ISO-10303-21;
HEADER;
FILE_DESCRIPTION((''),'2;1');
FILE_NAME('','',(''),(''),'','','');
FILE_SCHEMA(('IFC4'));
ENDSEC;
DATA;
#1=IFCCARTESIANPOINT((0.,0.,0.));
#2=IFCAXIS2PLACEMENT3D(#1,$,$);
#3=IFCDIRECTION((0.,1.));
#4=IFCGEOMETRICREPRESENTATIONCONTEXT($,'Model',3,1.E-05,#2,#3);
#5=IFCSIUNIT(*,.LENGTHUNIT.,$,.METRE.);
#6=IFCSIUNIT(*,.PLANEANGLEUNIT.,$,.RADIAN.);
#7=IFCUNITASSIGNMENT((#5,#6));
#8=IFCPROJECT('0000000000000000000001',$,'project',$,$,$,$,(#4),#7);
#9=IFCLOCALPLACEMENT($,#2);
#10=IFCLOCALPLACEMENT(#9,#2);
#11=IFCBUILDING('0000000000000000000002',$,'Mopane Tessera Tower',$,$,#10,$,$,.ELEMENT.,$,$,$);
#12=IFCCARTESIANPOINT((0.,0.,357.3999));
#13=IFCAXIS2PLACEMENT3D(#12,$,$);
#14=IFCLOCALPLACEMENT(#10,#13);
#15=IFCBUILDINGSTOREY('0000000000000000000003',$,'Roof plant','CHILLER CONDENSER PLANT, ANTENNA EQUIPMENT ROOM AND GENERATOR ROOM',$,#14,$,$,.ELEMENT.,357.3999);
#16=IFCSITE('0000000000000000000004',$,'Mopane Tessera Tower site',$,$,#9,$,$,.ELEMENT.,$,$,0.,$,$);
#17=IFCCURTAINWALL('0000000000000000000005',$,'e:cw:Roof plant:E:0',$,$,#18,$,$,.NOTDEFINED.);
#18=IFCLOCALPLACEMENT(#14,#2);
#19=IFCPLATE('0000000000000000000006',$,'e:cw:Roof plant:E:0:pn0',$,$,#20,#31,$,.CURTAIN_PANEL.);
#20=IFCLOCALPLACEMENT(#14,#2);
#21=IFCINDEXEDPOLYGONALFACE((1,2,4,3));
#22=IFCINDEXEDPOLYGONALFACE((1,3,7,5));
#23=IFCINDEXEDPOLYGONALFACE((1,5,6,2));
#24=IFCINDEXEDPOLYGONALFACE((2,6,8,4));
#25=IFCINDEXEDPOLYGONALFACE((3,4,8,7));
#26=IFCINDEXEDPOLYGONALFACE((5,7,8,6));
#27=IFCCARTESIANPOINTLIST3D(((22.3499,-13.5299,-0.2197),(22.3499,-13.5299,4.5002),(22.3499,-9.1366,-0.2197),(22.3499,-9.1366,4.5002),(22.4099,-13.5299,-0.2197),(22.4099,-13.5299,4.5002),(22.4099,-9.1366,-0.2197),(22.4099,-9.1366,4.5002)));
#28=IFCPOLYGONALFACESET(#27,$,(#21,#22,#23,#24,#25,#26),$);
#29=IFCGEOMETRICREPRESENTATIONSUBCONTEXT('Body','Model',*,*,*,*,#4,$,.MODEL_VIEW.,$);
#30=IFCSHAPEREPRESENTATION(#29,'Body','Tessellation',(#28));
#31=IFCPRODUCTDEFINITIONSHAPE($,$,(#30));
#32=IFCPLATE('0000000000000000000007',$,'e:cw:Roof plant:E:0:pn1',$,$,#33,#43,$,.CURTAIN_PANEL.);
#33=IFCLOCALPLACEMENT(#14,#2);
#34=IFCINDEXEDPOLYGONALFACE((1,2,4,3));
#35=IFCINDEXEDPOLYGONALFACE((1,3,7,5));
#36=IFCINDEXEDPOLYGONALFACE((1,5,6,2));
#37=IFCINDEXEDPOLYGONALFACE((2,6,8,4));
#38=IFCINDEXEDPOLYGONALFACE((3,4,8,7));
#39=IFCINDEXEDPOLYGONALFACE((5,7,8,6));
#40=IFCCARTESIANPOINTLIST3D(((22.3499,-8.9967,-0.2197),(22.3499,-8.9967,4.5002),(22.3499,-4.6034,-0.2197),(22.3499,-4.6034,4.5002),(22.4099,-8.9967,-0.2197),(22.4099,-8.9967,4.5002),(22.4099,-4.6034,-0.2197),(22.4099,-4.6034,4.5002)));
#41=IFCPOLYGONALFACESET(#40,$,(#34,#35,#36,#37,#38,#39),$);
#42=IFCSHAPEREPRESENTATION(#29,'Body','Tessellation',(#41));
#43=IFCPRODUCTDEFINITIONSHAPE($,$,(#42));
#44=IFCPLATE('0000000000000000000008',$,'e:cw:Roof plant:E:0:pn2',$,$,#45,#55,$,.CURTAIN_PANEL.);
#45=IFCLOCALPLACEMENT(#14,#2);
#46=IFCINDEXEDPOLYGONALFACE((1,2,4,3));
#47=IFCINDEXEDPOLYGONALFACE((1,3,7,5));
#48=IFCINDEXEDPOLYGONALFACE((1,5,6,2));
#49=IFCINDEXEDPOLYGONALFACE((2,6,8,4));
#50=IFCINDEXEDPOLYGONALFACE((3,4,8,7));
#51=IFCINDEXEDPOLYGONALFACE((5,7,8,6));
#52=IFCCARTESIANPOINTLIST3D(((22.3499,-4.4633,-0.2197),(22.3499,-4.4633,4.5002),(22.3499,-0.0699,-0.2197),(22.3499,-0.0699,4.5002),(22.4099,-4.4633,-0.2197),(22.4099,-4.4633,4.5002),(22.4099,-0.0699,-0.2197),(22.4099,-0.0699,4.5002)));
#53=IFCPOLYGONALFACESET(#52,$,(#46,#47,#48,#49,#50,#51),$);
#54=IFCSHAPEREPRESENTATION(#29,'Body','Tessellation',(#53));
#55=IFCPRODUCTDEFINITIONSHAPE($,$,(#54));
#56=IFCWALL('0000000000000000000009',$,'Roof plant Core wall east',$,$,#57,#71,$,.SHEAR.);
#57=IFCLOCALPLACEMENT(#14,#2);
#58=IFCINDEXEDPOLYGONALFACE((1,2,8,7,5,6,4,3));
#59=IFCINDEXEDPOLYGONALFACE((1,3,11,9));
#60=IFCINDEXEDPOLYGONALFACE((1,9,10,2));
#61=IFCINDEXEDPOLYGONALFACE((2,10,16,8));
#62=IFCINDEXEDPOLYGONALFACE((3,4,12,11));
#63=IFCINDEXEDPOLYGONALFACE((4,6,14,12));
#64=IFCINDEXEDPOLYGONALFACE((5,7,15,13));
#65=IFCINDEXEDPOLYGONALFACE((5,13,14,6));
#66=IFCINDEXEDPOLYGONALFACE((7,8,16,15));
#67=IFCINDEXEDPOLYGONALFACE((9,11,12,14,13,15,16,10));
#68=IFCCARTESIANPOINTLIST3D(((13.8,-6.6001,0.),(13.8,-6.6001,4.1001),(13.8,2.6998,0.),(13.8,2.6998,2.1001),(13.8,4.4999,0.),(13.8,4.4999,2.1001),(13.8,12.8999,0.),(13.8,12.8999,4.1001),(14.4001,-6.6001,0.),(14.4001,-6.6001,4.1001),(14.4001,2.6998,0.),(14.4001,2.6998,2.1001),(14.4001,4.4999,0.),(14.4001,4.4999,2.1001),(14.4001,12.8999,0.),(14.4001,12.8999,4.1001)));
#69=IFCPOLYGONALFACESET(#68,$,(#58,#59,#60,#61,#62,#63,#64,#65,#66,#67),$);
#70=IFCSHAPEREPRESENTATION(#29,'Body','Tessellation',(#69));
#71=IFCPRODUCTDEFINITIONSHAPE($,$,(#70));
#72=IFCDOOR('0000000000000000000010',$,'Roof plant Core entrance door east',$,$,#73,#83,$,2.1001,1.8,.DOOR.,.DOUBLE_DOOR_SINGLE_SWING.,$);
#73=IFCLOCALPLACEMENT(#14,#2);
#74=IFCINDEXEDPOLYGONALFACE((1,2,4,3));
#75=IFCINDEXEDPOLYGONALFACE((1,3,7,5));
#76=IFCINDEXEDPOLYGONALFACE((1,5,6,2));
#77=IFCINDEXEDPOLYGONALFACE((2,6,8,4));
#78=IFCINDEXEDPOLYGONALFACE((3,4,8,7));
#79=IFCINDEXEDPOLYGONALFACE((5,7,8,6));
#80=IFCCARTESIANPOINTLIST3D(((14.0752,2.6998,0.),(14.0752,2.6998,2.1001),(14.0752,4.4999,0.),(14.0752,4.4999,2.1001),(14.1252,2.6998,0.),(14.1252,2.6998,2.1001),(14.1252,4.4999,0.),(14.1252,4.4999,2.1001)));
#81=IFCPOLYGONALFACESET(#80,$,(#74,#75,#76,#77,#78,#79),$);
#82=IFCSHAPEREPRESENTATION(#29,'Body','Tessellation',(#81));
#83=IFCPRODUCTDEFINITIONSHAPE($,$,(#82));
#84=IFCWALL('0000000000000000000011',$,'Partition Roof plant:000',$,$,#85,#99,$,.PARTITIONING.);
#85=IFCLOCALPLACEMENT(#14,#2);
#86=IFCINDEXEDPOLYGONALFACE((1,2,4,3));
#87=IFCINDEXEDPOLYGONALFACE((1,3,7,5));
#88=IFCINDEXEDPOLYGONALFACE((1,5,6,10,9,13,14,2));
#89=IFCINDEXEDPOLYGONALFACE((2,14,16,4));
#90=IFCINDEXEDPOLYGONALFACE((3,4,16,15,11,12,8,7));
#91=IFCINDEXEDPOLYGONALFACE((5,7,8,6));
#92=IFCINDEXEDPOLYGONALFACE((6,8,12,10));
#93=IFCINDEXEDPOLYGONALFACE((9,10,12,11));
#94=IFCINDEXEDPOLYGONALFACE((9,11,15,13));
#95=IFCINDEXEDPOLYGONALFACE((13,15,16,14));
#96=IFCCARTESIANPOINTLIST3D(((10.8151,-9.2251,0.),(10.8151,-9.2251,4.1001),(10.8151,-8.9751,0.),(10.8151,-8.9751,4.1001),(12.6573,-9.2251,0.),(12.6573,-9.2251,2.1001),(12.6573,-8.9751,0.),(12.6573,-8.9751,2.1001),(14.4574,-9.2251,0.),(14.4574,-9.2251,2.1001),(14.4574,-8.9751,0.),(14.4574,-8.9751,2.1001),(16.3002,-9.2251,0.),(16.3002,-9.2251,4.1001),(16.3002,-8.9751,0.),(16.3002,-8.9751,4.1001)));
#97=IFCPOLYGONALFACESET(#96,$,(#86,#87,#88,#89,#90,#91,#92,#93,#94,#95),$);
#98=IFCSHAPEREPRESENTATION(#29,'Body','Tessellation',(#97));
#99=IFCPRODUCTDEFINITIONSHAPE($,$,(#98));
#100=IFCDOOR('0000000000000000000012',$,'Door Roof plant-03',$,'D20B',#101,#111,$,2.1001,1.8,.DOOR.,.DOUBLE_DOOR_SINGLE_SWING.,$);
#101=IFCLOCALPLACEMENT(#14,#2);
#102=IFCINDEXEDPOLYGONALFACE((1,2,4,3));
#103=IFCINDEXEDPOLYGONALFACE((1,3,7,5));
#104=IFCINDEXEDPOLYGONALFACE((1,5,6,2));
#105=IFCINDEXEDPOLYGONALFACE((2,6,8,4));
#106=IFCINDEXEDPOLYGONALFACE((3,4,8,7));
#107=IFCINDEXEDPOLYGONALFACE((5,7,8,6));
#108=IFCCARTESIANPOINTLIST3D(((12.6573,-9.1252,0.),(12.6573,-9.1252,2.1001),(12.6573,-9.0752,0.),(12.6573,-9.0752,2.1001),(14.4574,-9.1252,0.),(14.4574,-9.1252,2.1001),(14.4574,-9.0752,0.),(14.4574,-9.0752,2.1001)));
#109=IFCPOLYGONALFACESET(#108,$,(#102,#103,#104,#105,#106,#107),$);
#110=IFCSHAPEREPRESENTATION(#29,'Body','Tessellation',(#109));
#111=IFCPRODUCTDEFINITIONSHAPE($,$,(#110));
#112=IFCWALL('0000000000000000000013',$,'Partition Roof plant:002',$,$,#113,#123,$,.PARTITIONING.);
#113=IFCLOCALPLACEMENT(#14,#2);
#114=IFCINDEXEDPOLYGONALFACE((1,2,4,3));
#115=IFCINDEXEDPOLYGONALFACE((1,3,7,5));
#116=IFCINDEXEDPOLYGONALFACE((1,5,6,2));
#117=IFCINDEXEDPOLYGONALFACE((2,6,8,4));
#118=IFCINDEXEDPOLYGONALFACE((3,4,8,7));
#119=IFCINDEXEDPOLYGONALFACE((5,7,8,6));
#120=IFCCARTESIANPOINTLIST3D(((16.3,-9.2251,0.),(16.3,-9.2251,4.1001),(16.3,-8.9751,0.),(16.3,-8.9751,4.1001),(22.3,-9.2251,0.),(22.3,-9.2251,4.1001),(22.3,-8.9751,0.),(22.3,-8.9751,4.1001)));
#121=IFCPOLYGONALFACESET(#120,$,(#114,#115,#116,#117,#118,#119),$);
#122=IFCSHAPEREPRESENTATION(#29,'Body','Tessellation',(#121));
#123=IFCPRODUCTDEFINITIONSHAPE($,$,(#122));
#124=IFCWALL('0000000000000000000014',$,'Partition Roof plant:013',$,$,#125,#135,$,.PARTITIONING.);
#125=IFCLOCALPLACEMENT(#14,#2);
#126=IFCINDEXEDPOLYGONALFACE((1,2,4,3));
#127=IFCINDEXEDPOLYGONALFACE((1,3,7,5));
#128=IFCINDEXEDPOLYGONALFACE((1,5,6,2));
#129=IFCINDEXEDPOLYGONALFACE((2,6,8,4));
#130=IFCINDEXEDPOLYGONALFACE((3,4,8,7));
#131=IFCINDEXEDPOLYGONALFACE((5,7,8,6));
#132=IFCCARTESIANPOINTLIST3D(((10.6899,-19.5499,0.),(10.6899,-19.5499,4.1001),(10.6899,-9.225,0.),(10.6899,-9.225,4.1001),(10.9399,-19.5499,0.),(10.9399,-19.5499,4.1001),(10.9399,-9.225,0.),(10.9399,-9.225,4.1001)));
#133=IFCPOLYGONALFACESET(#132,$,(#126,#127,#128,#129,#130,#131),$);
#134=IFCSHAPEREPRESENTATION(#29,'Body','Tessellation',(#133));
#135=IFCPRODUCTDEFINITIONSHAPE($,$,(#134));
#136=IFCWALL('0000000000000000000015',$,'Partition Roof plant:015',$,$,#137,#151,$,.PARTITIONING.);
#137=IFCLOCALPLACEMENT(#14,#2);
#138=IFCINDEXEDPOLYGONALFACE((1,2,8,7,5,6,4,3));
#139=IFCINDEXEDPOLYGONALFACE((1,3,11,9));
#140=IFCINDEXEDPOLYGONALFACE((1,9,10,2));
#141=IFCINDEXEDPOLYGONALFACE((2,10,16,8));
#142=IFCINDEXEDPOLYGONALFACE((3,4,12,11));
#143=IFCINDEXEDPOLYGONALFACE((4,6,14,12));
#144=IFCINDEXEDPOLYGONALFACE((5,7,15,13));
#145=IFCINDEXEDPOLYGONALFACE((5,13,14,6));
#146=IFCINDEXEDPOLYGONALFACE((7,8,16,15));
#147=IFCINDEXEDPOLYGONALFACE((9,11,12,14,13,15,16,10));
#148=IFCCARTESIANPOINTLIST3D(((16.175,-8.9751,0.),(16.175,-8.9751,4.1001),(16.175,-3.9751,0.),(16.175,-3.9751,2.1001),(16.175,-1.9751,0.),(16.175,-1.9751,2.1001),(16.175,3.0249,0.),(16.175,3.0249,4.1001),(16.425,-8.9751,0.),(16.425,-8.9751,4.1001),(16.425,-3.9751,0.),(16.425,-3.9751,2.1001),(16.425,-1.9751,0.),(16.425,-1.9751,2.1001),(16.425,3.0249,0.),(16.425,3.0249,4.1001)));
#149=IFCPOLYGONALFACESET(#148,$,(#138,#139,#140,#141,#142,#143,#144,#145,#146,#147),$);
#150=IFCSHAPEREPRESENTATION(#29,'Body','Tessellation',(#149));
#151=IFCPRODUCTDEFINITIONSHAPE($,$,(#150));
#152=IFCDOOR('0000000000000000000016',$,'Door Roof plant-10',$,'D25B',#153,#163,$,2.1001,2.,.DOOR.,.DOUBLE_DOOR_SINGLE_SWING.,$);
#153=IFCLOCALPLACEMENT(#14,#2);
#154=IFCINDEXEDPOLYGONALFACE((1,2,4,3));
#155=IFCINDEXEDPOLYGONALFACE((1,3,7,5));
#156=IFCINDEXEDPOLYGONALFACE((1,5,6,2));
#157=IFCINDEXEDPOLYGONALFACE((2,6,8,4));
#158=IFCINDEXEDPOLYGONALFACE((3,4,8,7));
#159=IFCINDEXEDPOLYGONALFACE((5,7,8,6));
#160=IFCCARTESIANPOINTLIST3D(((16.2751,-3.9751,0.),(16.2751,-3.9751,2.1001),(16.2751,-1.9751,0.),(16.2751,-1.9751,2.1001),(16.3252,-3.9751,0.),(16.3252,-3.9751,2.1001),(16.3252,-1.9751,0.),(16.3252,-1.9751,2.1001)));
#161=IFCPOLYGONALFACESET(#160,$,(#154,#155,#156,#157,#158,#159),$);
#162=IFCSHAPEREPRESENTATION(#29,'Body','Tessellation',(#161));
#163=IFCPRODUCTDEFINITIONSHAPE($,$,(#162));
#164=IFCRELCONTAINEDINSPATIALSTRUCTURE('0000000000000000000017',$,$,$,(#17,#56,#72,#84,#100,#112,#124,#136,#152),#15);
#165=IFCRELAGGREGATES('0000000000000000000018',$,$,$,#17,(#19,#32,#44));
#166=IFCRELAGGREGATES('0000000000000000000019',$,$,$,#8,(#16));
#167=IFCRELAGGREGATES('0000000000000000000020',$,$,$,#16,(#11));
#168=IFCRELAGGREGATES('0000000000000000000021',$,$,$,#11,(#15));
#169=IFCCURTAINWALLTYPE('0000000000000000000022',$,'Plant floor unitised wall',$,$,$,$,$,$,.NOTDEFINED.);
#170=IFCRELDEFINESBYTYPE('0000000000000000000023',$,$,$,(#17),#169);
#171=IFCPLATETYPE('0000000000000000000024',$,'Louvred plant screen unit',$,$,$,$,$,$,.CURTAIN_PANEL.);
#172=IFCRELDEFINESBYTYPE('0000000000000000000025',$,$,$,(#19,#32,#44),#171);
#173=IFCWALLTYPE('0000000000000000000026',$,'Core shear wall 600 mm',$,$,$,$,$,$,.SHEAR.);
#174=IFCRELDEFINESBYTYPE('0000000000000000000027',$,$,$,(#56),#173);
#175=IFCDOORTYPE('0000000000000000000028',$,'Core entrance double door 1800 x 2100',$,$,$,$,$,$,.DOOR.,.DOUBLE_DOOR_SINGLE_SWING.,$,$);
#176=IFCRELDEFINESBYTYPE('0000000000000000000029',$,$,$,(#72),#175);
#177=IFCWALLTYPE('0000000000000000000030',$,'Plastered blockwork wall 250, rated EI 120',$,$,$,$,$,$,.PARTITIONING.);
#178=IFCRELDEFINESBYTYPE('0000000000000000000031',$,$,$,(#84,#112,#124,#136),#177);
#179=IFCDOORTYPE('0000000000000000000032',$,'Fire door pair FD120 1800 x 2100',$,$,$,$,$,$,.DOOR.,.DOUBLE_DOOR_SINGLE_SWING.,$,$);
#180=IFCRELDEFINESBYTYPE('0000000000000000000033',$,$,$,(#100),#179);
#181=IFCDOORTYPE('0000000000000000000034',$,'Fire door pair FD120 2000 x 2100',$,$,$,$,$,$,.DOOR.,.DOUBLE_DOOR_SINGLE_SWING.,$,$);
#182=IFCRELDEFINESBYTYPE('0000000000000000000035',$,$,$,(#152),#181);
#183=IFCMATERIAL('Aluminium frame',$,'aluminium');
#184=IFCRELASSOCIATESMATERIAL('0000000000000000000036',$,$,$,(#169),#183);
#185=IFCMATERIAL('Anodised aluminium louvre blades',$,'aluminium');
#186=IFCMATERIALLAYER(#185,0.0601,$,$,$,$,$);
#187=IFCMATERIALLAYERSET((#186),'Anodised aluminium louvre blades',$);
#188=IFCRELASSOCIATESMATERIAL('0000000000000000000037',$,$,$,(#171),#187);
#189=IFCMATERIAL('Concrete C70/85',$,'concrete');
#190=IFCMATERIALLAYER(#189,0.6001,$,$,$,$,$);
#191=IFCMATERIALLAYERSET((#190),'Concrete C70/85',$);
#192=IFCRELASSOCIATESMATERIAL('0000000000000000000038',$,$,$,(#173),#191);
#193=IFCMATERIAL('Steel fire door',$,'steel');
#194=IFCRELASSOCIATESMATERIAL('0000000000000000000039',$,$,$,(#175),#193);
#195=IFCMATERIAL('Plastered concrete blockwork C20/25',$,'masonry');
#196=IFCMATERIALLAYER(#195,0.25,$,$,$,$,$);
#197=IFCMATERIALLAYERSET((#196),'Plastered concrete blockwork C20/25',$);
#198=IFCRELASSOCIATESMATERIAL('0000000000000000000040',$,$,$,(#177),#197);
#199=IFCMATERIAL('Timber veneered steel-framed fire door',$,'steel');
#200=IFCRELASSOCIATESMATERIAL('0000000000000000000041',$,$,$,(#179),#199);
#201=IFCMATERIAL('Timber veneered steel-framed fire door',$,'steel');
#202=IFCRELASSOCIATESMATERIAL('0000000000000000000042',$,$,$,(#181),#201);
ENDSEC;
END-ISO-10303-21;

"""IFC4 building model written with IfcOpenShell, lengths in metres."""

from ifc_helpers import new_model, si_unit, direction, frame, frame_2d, origin, origin_2d, place, context, subcontext, project, spatial, rectangle, extrude, material, layer, layer_set, type_object, element, fill, aggregate, save


model = new_model("IFC4")

# Units and contexts
model_context = context("Model", 3, precision=1e-05, world=origin(), true_north=direction((0.0, 1.0)))
body_context = subcontext(model_context, "Body", "Model", "MODEL_VIEW")
ifc_project = project(units=[si_unit("LENGTHUNIT", "METRE"), si_unit("PLANEANGLEUNIT", "RADIAN")], contexts=[model_context])

# Site, building, storey
site_placement = place(None, origin())
site = spatial("IfcSite", under=ifc_project, at=site_placement, Name="Mopane Tessera Tower site", CompositionType="ELEMENT", RefElevation=0.0)
building_placement = place(site_placement, origin())
building = spatial("IfcBuilding", under=site, at=building_placement, Name="Mopane Tessera Tower", CompositionType="ELEMENT")
storey_placement = place(building_placement, frame((0.0, 0.0, 357.3999)))
storey = spatial("IfcBuildingStorey", under=building, at=storey_placement, Name="Roof plant", Description="CHILLER CONDENSER PLANT, ANTENNA EQUIPMENT ROOM AND GENERATOR ROOM", CompositionType="ELEMENT", Elevation=357.3999)

# Curtain wall
ifc_material_1 = material(Name="Aluminium frame", Category="aluminium")
curtain_wall_type = type_object("IfcCurtainWallType", Name="Plant floor unitised wall", PredefinedType="NOTDEFINED", material=ifc_material_1)
curtain_wall_1_placement = place(storey_placement, origin())
curtain_wall_1 = element("IfcCurtainWall", 1, at=curtain_wall_1_placement, inside=storey, type_object=curtain_wall_type, Name="e:cw:Roof plant:E:0", PredefinedType="NOTDEFINED")

# Plates
ifc_material_2 = material(Name="Anodised aluminium louvre blades", Category="aluminium")
ifc_layer_1 = layer(ifc_material_2, 0.0601)
ifc_layer_set_1 = layer_set([ifc_layer_1], Name="Anodised aluminium louvre blades")
plate_type = type_object("IfcPlateType", Name="Louvred plant screen unit", PredefinedType="CURTAIN_PANEL", material=ifc_layer_set_1)
plate_1_placement = place(storey_placement, frame((22.3799, -11.3333, -0.2197), z_axis=(0.0, 0.0, 1.0), x_axis=(0.0, 1.0, 0.0)))
plate_1 = element("IfcPlate", 2, at=plate_1_placement, type_object=plate_type, Name="e:cw:Roof plant:E:0:pn0", PredefinedType="CURTAIN_PANEL", context=body_context, shape_type="SweptSolid", body=[
    extrude(rectangle(XDim=4.3933, YDim=0.0601, at=origin_2d()), origin(), (0.0, 0.0, 1.0), 4.72),
])
plate_2_placement = place(storey_placement, frame((22.3799, -6.8, -0.2197), z_axis=(0.0, 0.0, 1.0), x_axis=(0.0, 1.0, 0.0)))
plate_2 = element("IfcPlate", 3, at=plate_2_placement, type_object=plate_type, Name="e:cw:Roof plant:E:0:pn1", PredefinedType="CURTAIN_PANEL", context=body_context, shape_type="SweptSolid", body=[
    extrude(rectangle(XDim=4.3933, YDim=0.0601, at=origin_2d()), origin(), (0.0, 0.0, 1.0), 4.72),
])
plate_3_placement = place(storey_placement, frame((22.3799, -2.2666, -0.2197), z_axis=(0.0, 0.0, 1.0), x_axis=(0.0, 1.0, 0.0)))
plate_3 = element("IfcPlate", 4, at=plate_3_placement, type_object=plate_type, Name="e:cw:Roof plant:E:0:pn2", PredefinedType="CURTAIN_PANEL", context=body_context, shape_type="SweptSolid", body=[
    extrude(rectangle(XDim=4.3933, YDim=0.0601, at=origin_2d()), origin(), (0.0, 0.0, 1.0), 4.72),
])
aggregate(curtain_wall_1, [plate_1, plate_2, plate_3])

# Walls, openings, doors
ifc_material_3 = material(Name="Concrete C70/85", Category="concrete")
ifc_layer_2 = layer(ifc_material_3, 0.6001)
ifc_layer_set_2 = layer_set([ifc_layer_2], Name="Concrete C70/85")
wall_type_1 = type_object("IfcWallType", Name="Core shear wall 600 mm", PredefinedType="SHEAR", material=ifc_layer_set_2)
wall_1_placement = place(storey_placement, frame((14.1001, -6.6001, 0.0), z_axis=(0.0, 0.0, 1.0), x_axis=(0.0, 1.0, 0.0)))
wall_1 = element("IfcWall", 5, at=wall_1_placement, inside=storey, type_object=wall_type_1, Name="Roof plant Core wall east", PredefinedType="SHEAR", context=body_context, shape_type="SweptSolid", body=[
    extrude(rectangle(XDim=19.5, YDim=0.6001, at=frame_2d((9.75, 0.0))), origin(), (0.0, 0.0, 1.0), 4.1001),
])
opening_1_placement = place(wall_1_placement, frame((9.3, 0.0, 0.0)))
opening_1 = element("IfcOpeningElement", 6, at=opening_1_placement, cuts=wall_1, PredefinedType="OPENING", context=body_context, shape_type="SweptSolid", body=[
    extrude(rectangle(XDim=1.8, YDim=2.1001, at=frame_2d((0.8999, 1.05))), frame((0.0, 0.312, 0.0), z_axis=(0.0, -1.0, 0.0), x_axis=(1.0, 0.0, 0.0)), (0.0, 0.0, 1.0), 0.624),
])
ifc_material_4 = material(Name="Steel fire door", Category="steel")
door_type_1 = type_object("IfcDoorType", Name="Core entrance double door 1800 x 2100", OperationType="DOUBLE_DOOR_SINGLE_SWING", PredefinedType="DOOR", material=ifc_material_4)
door_1_placement = place(opening_1_placement, origin())
door_1 = element("IfcDoor", 7, at=door_1_placement, inside=storey, type_object=door_type_1, Name="Roof plant Core entrance door east", OperationType="DOUBLE_DOOR_SINGLE_SWING", OverallHeight=2.1001, OverallWidth=1.8, PredefinedType="DOOR", context=body_context, shape_type="SweptSolid", body=[
    extrude(rectangle(XDim=1.8, YDim=2.1001, at=frame_2d((0.8999, 1.05))), frame((0.0, 0.0249, 0.0), z_axis=(0.0, -1.0, 0.0), x_axis=(1.0, 0.0, 0.0)), (0.0, 0.0, 1.0), 0.05),
])
fill(opening_1, door_1)
ifc_material_5 = material(Name="Plastered concrete blockwork C20/25", Category="masonry")
ifc_layer_3 = layer(ifc_material_5, 0.25)
ifc_layer_set_3 = layer_set([ifc_layer_3], Name="Plastered concrete blockwork C20/25")
wall_type_2 = type_object("IfcWallType", Name="Plastered blockwork wall 250, rated EI 120", PredefinedType="PARTITIONING", material=ifc_layer_set_3)
wall_2_placement = place(storey_placement, frame((10.8149, -9.1001, 0.0), z_axis=(0.0, 0.0, 1.0), x_axis=(1.0, 0.0, 0.0)))
wall_2 = element("IfcWall", 8, at=wall_2_placement, inside=storey, type_object=wall_type_2, Name="Partition Roof plant:000", PredefinedType="PARTITIONING", context=body_context, shape_type="SweptSolid", body=[
    extrude(rectangle(XDim=5.4851, YDim=0.25, at=frame_2d((2.7427, 0.0))), origin(), (0.0, 0.0, 1.0), 4.1001),
])
opening_2_placement = place(wall_2_placement, frame((1.8425, 0.0, 0.0)))
opening_2 = element("IfcOpeningElement", 9, at=opening_2_placement, cuts=wall_2, PredefinedType="OPENING", context=body_context, shape_type="SweptSolid", body=[
    extrude(rectangle(XDim=1.8, YDim=2.1001, at=frame_2d((0.8999, 1.05))), frame((0.0, 0.137, 0.0), z_axis=(0.0, -1.0, 0.0), x_axis=(1.0, 0.0, 0.0)), (0.0, 0.0, 1.0), 0.2739),
])
ifc_material_6 = material(Name="Timber veneered steel-framed fire door", Category="steel")
door_type_2 = type_object("IfcDoorType", Name="Fire door pair FD120 1800 x 2100", OperationType="DOUBLE_DOOR_SINGLE_SWING", PredefinedType="DOOR", material=ifc_material_6)
door_2_placement = place(opening_2_placement, origin())
door_2 = element("IfcDoor", 10, at=door_2_placement, inside=storey, type_object=door_type_2, Name="Door Roof plant-03", ObjectType="D20B", OperationType="DOUBLE_DOOR_SINGLE_SWING", OverallHeight=2.1001, OverallWidth=1.8, PredefinedType="DOOR", context=body_context, shape_type="SweptSolid", body=[
    extrude(rectangle(XDim=1.8, YDim=2.1001, at=frame_2d((0.8999, 1.05))), frame((0.0, 0.0249, 0.0), z_axis=(0.0, -1.0, 0.0), x_axis=(1.0, 0.0, 0.0)), (0.0, 0.0, 1.0), 0.05),
])
fill(opening_2, door_2)

# Walls
wall_3_placement = place(storey_placement, frame((16.3, -9.1001, 0.0), z_axis=(0.0, 0.0, 1.0), x_axis=(1.0, 0.0, 0.0)))
element("IfcWall", 11, at=wall_3_placement, inside=storey, type_object=wall_type_2, Name="Partition Roof plant:002", PredefinedType="PARTITIONING", context=body_context, shape_type="SweptSolid", body=[
    extrude(rectangle(XDim=6.0, YDim=0.25, at=frame_2d((3.0, 0.0))), origin(), (0.0, 0.0, 1.0), 4.1001),
])
wall_4_placement = place(storey_placement, frame((10.8149, -19.55, 0.0), z_axis=(0.0, 0.0, 1.0), x_axis=(0.0, 1.0, 0.0)))
element("IfcWall", 12, at=wall_4_placement, inside=storey, type_object=wall_type_2, Name="Partition Roof plant:013", PredefinedType="PARTITIONING", context=body_context, shape_type="SweptSolid", body=[
    extrude(rectangle(XDim=10.325, YDim=0.25, at=frame_2d((5.1626, 0.0))), origin(), (0.0, 0.0, 1.0), 4.1001),
])

# Wall, opening, door
wall_5_placement = place(storey_placement, frame((16.3, -8.9751, 0.0), z_axis=(0.0, 0.0, 1.0), x_axis=(0.0, 1.0, 0.0)))
wall_5 = element("IfcWall", 13, at=wall_5_placement, inside=storey, type_object=wall_type_2, Name="Partition Roof plant:015", PredefinedType="PARTITIONING", context=body_context, shape_type="SweptSolid", body=[
    extrude(rectangle(XDim=12.0, YDim=0.25, at=frame_2d((6.0, 0.0))), origin(), (0.0, 0.0, 1.0), 4.1001),
])
opening_3_placement = place(wall_5_placement, frame((5.0, 0.0, 0.0)))
opening_3 = element("IfcOpeningElement", 14, at=opening_3_placement, cuts=wall_5, PredefinedType="OPENING", context=body_context, shape_type="SweptSolid", body=[
    extrude(rectangle(XDim=2.0, YDim=2.1001, at=frame_2d((1.0, 1.05))), frame((0.0, 0.137, 0.0), z_axis=(0.0, -1.0, 0.0), x_axis=(1.0, 0.0, 0.0)), (0.0, 0.0, 1.0), 0.2739),
])
ifc_material_7 = material(Name="Timber veneered steel-framed fire door", Category="steel")
door_type_3 = type_object("IfcDoorType", Name="Fire door pair FD120 2000 x 2100", OperationType="DOUBLE_DOOR_SINGLE_SWING", PredefinedType="DOOR", material=ifc_material_7)
door_3_placement = place(opening_3_placement, origin())
door_3 = element("IfcDoor", 15, at=door_3_placement, inside=storey, type_object=door_type_3, Name="Door Roof plant-10", ObjectType="D25B", OperationType="DOUBLE_DOOR_SINGLE_SWING", OverallHeight=2.1001, OverallWidth=2.0, PredefinedType="DOOR", context=body_context, shape_type="SweptSolid", body=[
    extrude(rectangle(XDim=2.0, YDim=2.1001, at=frame_2d((1.0, 1.05))), frame((0.0, 0.0249, 0.0), z_axis=(0.0, -1.0, 0.0), x_axis=(1.0, 0.0, 0.0)), (0.0, 0.0, 1.0), 0.05),
])
fill(opening_3, door_3)

save(model, "model.ifc")
